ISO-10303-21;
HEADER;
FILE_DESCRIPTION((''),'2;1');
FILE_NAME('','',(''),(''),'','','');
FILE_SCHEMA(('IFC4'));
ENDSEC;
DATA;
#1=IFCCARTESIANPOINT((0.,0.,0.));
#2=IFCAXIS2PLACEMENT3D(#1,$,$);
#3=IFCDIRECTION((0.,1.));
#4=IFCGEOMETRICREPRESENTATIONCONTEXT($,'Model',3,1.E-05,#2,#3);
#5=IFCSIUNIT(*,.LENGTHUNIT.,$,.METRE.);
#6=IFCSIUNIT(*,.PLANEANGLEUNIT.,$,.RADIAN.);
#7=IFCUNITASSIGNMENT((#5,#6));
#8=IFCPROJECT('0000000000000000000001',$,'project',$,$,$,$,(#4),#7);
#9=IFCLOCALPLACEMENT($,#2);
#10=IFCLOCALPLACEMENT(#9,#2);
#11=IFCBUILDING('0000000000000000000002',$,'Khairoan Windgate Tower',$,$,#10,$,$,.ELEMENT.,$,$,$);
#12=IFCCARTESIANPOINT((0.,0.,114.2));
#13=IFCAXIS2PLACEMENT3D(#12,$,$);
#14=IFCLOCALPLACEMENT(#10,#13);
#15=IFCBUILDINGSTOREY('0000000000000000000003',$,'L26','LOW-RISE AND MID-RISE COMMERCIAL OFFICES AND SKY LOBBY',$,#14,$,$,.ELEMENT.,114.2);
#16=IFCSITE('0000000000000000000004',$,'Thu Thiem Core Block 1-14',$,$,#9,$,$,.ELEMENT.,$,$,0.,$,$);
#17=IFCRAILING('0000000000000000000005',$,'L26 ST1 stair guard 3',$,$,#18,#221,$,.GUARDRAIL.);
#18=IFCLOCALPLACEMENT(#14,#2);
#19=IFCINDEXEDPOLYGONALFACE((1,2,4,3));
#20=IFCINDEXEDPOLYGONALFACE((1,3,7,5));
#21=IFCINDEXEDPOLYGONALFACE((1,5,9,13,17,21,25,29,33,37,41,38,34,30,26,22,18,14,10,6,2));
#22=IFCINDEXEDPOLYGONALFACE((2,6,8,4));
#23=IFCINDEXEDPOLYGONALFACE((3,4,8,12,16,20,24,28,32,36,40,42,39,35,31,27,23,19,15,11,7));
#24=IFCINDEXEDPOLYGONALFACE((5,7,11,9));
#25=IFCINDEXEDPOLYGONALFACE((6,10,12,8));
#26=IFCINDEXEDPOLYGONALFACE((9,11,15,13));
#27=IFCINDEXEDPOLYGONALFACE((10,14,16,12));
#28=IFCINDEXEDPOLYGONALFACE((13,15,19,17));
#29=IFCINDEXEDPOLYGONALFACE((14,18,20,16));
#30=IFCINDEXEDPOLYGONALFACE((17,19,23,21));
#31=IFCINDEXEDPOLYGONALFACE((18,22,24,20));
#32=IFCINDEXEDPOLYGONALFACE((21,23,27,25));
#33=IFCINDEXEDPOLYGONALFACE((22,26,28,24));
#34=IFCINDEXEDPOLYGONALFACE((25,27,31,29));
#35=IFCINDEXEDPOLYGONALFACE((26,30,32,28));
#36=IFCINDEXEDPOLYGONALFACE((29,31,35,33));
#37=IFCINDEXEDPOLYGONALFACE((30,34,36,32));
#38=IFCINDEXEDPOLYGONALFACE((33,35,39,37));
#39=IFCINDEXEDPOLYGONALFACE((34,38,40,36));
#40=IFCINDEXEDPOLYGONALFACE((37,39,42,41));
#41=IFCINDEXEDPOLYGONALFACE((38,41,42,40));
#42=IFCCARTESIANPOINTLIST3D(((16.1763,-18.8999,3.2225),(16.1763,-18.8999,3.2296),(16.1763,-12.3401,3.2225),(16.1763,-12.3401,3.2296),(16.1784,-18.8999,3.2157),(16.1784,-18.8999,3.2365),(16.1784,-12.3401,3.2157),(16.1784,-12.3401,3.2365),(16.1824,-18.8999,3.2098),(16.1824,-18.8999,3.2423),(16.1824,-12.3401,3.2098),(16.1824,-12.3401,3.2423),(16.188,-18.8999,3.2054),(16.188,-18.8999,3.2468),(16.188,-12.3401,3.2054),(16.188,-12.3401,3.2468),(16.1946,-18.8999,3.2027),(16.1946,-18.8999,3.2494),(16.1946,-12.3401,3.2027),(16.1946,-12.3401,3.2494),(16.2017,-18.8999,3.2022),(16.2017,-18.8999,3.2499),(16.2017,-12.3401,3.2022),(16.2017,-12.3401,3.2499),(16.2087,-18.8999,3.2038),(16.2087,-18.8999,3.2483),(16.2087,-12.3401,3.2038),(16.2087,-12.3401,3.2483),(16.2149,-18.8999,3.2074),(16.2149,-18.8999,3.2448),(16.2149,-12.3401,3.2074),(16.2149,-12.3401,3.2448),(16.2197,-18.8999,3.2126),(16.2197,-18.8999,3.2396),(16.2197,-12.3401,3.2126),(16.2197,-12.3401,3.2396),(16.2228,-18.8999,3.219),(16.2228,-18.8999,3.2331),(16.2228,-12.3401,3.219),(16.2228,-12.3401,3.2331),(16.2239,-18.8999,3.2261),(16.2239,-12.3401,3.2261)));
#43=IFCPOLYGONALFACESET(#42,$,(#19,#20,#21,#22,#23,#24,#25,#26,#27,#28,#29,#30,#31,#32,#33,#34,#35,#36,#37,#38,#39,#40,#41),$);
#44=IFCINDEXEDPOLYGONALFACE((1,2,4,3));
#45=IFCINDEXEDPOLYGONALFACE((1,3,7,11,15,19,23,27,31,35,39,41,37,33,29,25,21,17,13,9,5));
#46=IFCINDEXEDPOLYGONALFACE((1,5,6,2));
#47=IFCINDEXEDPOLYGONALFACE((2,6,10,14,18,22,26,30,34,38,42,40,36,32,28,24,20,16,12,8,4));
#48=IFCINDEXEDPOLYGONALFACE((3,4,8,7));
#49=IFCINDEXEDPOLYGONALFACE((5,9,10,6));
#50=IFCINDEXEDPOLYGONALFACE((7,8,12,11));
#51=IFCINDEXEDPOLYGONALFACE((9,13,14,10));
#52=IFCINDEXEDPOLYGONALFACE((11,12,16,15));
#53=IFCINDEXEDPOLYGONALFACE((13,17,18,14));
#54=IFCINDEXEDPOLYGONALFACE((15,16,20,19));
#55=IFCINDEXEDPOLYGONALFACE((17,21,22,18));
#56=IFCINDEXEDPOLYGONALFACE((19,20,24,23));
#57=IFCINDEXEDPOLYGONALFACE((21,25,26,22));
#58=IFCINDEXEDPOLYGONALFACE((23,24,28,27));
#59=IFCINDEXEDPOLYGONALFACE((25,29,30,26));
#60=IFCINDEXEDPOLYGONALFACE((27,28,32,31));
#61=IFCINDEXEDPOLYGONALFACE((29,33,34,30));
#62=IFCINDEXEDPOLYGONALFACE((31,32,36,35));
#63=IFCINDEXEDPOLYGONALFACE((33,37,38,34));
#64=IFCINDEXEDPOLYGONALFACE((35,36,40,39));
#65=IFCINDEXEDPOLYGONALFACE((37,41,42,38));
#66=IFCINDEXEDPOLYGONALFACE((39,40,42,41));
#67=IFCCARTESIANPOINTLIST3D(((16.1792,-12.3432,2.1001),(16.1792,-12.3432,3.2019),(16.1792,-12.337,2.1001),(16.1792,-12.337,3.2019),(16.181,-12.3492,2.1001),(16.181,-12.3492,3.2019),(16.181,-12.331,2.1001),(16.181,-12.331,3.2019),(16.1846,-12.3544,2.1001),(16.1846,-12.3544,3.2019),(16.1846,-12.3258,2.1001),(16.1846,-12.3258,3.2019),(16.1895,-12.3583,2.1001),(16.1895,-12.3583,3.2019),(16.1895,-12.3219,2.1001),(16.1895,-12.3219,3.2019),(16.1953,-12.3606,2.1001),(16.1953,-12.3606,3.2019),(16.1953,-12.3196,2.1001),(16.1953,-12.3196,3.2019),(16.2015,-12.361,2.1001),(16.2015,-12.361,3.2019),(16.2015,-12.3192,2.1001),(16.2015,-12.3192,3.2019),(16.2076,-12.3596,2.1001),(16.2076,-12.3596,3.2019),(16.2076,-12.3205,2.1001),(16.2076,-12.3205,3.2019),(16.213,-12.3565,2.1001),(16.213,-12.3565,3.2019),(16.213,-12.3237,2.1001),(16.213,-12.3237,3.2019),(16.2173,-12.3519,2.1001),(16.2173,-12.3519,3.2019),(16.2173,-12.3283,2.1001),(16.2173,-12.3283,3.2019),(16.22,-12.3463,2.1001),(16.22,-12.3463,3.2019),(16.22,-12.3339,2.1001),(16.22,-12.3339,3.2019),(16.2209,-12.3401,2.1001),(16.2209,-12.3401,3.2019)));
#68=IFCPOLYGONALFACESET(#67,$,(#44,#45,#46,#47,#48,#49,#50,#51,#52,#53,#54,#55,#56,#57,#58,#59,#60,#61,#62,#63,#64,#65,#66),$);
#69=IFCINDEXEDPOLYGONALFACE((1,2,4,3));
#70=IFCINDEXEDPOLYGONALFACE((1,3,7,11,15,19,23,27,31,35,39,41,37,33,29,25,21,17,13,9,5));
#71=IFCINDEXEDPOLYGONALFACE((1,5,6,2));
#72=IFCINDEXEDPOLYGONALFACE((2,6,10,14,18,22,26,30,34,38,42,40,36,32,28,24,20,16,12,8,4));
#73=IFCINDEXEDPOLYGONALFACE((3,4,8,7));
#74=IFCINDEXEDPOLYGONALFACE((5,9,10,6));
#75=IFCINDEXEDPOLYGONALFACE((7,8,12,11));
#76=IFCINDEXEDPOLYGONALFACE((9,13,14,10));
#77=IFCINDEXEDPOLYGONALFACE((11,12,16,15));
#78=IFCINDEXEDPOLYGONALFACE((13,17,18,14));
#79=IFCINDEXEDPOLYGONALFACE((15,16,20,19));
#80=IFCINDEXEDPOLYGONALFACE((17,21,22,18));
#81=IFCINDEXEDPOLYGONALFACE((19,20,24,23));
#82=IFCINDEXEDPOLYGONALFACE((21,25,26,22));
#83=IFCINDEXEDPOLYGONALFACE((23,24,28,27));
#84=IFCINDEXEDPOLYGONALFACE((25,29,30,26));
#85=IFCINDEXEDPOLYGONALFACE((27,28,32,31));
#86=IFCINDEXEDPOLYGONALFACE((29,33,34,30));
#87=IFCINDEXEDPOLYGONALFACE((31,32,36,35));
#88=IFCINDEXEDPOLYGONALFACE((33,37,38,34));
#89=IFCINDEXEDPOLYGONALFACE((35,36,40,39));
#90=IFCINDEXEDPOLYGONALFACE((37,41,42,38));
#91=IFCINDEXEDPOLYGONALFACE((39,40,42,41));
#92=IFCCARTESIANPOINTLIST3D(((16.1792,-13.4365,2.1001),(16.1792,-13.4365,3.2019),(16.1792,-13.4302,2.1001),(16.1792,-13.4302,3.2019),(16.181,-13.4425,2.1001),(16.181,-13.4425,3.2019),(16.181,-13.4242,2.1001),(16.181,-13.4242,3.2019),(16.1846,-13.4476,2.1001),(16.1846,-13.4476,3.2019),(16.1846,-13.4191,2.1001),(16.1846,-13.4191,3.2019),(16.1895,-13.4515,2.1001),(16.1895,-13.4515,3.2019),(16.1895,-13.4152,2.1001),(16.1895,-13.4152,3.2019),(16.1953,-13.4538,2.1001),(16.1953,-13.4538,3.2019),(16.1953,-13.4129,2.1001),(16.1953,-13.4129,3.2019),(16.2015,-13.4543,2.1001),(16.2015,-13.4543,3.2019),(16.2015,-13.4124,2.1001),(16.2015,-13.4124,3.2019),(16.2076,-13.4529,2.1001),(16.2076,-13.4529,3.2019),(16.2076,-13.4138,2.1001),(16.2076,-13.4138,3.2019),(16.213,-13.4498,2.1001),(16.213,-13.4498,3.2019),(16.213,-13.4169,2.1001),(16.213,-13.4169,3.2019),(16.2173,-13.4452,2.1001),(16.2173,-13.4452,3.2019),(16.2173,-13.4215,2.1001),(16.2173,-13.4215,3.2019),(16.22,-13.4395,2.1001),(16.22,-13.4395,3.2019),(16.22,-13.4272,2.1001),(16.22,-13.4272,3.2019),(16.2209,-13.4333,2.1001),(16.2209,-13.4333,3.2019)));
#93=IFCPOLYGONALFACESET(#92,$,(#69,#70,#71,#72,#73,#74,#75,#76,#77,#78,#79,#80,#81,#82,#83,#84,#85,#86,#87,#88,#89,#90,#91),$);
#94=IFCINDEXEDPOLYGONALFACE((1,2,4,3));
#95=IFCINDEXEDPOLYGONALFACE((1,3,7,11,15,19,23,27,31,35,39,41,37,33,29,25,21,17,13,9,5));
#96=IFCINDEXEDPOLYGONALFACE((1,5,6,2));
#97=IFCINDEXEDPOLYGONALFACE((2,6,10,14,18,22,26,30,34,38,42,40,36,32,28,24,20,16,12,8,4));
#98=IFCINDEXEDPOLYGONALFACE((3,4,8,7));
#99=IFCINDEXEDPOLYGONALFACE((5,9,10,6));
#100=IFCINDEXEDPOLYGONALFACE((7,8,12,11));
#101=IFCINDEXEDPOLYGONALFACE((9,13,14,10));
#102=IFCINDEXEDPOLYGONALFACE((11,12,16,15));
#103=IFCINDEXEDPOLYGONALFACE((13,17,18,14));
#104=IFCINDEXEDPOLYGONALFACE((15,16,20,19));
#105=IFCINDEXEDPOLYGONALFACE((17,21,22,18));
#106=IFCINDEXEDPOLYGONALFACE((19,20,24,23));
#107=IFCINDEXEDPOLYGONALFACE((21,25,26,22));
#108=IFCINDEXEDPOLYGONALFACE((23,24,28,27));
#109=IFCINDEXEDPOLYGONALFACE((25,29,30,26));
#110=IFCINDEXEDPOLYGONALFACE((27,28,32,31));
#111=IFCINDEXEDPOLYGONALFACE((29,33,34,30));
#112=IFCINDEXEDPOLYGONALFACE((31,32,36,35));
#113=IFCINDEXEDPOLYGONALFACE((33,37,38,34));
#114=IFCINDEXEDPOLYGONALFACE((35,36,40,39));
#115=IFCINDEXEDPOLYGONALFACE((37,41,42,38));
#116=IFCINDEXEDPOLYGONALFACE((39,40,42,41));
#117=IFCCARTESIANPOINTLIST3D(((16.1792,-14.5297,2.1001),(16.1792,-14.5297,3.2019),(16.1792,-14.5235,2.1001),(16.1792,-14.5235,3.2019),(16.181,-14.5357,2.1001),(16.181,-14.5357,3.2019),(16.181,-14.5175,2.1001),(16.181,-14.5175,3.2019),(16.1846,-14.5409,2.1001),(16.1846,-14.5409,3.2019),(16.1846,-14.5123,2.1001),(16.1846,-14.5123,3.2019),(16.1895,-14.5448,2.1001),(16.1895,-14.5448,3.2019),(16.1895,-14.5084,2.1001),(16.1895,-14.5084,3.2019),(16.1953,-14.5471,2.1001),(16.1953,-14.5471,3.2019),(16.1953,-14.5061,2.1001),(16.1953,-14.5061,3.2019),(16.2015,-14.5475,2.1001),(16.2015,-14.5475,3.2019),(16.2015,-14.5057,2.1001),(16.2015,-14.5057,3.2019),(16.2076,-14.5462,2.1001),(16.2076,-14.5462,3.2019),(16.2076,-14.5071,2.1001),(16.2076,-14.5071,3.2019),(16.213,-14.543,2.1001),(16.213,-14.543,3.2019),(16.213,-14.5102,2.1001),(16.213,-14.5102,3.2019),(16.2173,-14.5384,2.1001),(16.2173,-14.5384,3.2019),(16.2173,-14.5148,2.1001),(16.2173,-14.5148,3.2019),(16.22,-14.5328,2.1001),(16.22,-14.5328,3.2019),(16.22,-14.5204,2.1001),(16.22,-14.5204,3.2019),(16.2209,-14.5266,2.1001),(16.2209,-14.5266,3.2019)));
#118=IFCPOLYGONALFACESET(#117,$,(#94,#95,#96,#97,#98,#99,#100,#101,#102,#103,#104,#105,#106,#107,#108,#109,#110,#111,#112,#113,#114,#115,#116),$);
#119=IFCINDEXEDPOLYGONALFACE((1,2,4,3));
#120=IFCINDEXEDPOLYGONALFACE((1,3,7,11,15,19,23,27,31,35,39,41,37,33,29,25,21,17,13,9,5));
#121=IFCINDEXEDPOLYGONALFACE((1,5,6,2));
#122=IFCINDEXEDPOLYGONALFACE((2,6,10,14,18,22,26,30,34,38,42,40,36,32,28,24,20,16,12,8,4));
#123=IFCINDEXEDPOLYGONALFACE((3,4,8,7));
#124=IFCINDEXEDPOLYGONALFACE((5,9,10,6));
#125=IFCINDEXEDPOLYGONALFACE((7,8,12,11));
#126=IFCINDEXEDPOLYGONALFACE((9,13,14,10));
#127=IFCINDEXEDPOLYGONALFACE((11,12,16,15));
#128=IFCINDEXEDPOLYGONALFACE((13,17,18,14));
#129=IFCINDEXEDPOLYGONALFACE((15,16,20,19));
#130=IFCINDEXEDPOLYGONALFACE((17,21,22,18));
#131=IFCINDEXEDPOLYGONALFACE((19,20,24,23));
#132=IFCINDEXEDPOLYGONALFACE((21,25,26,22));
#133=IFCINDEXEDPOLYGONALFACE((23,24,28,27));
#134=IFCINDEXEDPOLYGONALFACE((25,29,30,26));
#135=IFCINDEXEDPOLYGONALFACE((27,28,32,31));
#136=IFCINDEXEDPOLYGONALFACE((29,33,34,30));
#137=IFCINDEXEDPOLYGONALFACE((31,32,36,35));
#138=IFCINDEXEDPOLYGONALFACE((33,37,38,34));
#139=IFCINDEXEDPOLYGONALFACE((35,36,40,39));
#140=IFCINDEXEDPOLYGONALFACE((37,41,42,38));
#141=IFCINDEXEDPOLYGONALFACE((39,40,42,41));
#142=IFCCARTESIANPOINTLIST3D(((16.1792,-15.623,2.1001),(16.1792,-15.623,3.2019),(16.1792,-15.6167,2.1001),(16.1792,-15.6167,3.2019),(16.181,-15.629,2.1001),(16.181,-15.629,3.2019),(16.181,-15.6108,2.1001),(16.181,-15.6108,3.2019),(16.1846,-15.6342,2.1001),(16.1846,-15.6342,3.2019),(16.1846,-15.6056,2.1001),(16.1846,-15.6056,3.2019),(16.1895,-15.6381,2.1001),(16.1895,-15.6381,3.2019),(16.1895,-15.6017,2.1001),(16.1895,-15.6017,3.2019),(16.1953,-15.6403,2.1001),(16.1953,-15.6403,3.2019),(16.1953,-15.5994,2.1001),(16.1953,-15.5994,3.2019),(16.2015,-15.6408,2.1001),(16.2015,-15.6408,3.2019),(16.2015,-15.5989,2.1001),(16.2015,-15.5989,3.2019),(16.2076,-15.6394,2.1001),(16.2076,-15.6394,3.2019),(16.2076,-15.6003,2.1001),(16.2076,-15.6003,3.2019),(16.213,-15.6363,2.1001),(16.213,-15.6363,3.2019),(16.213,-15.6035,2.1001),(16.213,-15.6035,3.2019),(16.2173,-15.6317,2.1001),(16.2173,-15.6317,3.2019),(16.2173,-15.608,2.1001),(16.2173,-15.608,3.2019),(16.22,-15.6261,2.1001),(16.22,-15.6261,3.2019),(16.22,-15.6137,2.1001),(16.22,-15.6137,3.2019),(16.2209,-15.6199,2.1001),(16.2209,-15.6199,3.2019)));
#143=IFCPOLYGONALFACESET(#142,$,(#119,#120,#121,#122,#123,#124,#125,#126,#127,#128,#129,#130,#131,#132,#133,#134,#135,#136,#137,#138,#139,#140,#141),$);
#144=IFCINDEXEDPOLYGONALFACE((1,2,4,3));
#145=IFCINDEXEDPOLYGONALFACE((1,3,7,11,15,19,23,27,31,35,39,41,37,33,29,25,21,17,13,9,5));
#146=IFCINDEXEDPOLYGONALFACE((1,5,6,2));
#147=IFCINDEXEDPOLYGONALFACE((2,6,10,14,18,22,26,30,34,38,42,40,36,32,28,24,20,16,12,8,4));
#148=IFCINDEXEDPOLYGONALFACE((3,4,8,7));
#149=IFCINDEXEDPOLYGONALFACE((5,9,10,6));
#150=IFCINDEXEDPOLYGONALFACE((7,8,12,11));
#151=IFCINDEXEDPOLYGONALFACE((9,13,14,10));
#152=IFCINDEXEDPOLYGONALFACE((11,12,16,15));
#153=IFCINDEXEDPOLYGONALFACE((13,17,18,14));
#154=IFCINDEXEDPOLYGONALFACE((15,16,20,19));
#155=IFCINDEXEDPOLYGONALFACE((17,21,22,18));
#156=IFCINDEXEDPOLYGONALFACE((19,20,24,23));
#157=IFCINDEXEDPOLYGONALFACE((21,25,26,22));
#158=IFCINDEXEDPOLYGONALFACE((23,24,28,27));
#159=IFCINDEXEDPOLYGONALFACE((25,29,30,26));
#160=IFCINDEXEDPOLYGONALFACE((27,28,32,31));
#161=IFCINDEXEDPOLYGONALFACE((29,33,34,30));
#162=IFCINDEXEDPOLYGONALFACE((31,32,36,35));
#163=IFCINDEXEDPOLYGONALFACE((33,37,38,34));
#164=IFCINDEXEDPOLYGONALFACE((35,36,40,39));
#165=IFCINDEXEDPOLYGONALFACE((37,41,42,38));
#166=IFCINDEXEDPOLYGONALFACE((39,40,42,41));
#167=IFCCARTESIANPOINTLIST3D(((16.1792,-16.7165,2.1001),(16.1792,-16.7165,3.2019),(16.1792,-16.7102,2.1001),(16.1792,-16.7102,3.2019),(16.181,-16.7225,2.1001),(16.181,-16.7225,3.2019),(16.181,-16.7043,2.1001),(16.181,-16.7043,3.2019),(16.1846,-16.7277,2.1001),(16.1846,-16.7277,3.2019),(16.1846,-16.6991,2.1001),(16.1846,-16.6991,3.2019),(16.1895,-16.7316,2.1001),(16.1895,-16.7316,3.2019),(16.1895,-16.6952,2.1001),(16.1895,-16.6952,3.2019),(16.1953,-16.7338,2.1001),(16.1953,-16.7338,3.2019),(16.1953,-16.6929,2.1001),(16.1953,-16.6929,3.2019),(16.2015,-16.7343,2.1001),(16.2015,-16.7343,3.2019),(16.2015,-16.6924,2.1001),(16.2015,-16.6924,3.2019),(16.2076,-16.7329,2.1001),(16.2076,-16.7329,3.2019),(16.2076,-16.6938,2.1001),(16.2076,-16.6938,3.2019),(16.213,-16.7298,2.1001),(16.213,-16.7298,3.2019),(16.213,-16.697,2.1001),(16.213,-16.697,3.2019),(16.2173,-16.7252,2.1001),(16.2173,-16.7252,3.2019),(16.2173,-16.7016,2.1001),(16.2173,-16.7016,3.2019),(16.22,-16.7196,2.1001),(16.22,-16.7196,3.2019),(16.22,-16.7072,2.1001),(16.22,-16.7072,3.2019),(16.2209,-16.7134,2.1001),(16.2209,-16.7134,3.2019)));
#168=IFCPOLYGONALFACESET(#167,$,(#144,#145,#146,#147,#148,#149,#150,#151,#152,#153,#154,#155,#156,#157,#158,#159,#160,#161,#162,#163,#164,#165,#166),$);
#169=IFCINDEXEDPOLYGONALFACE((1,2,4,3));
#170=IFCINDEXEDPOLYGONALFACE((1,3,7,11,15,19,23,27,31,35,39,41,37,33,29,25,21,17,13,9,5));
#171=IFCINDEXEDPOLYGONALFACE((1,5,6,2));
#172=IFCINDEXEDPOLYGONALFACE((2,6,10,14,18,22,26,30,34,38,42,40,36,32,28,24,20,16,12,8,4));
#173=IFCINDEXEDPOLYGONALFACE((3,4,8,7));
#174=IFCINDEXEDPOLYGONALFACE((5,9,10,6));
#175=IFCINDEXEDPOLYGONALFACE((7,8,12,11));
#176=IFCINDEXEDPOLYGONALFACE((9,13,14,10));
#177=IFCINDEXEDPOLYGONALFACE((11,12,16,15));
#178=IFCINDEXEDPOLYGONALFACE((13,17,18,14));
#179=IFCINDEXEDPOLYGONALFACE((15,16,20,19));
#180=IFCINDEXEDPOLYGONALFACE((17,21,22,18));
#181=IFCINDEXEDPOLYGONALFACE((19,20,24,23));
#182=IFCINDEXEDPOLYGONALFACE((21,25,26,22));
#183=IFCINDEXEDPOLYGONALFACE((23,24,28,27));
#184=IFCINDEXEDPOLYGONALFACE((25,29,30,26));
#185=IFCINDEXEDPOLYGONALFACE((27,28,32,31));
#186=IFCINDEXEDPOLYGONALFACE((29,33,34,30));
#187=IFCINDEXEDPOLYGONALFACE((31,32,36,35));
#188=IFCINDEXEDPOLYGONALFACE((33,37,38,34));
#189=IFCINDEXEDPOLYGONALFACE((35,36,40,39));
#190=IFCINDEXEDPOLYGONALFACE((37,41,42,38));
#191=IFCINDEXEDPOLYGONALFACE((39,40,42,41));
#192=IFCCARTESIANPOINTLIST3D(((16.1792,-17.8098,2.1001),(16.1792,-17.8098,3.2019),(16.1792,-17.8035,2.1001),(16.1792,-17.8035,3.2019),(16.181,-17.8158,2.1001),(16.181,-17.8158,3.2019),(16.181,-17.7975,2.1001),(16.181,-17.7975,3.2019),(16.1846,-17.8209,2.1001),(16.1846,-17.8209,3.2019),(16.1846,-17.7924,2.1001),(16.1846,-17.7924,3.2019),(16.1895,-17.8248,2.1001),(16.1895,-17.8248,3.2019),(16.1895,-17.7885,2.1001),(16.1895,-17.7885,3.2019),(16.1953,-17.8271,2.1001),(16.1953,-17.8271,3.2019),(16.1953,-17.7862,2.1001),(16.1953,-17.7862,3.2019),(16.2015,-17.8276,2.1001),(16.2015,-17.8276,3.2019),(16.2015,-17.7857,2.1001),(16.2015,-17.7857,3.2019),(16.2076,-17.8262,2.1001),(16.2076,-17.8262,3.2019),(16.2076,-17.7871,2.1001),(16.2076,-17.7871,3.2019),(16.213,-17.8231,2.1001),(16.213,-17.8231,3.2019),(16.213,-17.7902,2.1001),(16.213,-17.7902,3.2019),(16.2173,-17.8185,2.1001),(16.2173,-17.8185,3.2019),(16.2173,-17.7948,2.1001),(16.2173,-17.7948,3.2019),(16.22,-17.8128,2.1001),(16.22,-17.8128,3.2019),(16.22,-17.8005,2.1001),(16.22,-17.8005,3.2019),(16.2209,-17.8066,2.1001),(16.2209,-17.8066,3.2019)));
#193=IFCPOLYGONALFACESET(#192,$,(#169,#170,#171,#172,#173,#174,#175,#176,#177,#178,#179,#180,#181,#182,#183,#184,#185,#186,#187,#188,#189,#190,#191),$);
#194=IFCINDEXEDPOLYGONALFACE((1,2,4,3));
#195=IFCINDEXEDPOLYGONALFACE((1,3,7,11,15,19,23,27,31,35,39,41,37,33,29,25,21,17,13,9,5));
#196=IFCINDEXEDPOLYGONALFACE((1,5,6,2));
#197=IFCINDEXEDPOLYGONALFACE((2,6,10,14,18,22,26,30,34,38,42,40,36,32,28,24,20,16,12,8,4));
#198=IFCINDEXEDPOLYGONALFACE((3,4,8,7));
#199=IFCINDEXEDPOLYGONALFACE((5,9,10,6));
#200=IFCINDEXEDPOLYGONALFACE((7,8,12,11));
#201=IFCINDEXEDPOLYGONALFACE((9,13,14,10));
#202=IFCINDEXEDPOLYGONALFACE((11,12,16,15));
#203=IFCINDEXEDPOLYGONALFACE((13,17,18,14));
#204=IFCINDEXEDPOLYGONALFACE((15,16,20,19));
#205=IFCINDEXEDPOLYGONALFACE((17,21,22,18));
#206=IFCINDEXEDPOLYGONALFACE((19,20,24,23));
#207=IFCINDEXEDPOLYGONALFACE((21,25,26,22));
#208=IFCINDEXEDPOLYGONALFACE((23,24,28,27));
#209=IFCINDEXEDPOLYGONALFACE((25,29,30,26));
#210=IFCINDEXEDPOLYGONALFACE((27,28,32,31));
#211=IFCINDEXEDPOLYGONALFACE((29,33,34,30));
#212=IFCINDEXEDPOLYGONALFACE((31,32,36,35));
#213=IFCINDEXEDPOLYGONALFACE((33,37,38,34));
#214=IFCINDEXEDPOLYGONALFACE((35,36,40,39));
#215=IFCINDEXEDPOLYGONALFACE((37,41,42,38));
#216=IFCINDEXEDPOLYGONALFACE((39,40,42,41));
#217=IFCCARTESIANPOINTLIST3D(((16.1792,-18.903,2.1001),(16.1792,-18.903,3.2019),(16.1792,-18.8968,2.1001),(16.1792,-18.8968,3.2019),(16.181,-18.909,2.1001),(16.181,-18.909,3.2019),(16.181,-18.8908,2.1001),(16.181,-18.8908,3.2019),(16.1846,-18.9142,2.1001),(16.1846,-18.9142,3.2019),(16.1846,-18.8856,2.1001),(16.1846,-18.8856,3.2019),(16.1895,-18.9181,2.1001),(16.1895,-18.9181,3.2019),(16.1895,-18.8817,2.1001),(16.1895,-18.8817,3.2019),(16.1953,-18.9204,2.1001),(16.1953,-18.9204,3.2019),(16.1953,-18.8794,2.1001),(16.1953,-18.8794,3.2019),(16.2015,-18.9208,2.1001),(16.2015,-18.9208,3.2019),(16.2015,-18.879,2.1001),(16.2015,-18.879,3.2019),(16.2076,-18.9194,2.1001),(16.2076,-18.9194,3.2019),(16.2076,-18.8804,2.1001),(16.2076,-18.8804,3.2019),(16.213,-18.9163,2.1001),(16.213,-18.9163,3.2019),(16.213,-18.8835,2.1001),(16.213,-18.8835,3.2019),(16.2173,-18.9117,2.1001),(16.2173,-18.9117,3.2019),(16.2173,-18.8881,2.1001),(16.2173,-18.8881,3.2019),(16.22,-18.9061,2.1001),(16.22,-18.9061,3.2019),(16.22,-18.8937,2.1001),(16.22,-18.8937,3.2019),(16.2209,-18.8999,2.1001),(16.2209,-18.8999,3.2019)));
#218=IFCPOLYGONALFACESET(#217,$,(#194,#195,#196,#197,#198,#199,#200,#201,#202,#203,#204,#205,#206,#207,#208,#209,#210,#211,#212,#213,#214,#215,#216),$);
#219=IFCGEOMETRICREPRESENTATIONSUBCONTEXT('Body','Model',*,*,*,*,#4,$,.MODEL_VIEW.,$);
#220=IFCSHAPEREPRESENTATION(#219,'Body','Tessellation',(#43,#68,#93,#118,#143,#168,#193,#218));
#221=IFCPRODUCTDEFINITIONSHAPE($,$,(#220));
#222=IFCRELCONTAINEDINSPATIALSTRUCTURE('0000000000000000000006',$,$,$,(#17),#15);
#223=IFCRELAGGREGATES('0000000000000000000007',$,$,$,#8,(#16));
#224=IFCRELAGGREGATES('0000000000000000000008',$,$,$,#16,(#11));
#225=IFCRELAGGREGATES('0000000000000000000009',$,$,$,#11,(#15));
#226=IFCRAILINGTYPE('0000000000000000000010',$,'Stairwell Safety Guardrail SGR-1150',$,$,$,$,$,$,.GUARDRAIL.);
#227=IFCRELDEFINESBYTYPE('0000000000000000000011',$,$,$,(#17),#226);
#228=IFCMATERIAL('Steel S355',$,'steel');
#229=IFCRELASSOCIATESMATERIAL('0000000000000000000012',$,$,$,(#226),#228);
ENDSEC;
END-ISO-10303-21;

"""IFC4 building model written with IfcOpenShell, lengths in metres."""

from ifc_helpers import new_model, si_unit, direction, frame, origin, origin_2d, place, context, subcontext, project, spatial, circle, extrude, material, type_object, element, save


model = new_model("IFC4")

# Units and contexts
model_context = context("Model", 3, precision=1e-05, world=origin(), true_north=direction((0.0, 1.0)))
body_context = subcontext(model_context, "Body", "Model", "MODEL_VIEW")
ifc_project = project(units=[si_unit("LENGTHUNIT", "METRE"), si_unit("PLANEANGLEUNIT", "RADIAN")], contexts=[model_context])

# Site, building, storey
site_placement = place(None, origin())
site = spatial("IfcSite", under=ifc_project, at=site_placement, Name="Thu Thiem Core Block 1-14", CompositionType="ELEMENT", RefElevation=0.0)
building_placement = place(site_placement, origin())
building = spatial("IfcBuilding", under=site, at=building_placement, Name="Khairoan Windgate Tower", CompositionType="ELEMENT")
storey_placement = place(building_placement, frame((0.0, 0.0, 114.2)))
storey = spatial("IfcBuildingStorey", under=building, at=storey_placement, Name="L26", Description="LOW-RISE AND MID-RISE COMMERCIAL OFFICES AND SKY LOBBY", CompositionType="ELEMENT", Elevation=114.2)

# Railing
ifc_material_1 = material(Name="Steel S355", Category="steel")
railing_type = type_object("IfcRailingType", Name="Stairwell Safety Guardrail SGR-1150", PredefinedType="GUARDRAIL", material=ifc_material_1)
railing_1_placement = place(storey_placement, frame((16.2, -12.3401, 2.1001)))
element("IfcRailing", 1, at=railing_1_placement, inside=storey, type_object=railing_type, Name="L26 ST1 stair guard 3", PredefinedType="GUARDRAIL", context=body_context, shape_type="SweptSolid", body=[
    extrude(circle(Radius=0.0239, at=origin_2d()), frame((0.0, 0.0, 1.126), z_axis=(0.0, -1.0, 0.0), x_axis=(1.0, 0.0, 0.0)), (0.0, 0.0, 1.0), 6.5598),
    extrude(circle(Radius=0.021, at=origin_2d()), origin(), (0.0, 0.0, 1.0), 1.1018),
    extrude(circle(Radius=0.021, at=origin_2d()), frame((0.0, -1.0933, 0.0)), (0.0, 0.0, 1.0), 1.1018),
    extrude(circle(Radius=0.021, at=origin_2d()), frame((0.0, -2.1865, 0.0)), (0.0, 0.0, 1.0), 1.1018),
    extrude(circle(Radius=0.021, at=origin_2d()), frame((0.0, -3.2798, 0.0)), (0.0, 0.0, 1.0), 1.1018),
    extrude(circle(Radius=0.021, at=origin_2d()), frame((0.0, -4.3733, 0.0)), (0.0, 0.0, 1.0), 1.1018),
    extrude(circle(Radius=0.021, at=origin_2d()), frame((0.0, -5.4666, 0.0)), (0.0, 0.0, 1.0), 1.1018),
    extrude(circle(Radius=0.021, at=origin_2d()), frame((0.0, -6.5598, 0.0)), (0.0, 0.0, 1.0), 1.1018),
])

save(model, "model.ifc")
